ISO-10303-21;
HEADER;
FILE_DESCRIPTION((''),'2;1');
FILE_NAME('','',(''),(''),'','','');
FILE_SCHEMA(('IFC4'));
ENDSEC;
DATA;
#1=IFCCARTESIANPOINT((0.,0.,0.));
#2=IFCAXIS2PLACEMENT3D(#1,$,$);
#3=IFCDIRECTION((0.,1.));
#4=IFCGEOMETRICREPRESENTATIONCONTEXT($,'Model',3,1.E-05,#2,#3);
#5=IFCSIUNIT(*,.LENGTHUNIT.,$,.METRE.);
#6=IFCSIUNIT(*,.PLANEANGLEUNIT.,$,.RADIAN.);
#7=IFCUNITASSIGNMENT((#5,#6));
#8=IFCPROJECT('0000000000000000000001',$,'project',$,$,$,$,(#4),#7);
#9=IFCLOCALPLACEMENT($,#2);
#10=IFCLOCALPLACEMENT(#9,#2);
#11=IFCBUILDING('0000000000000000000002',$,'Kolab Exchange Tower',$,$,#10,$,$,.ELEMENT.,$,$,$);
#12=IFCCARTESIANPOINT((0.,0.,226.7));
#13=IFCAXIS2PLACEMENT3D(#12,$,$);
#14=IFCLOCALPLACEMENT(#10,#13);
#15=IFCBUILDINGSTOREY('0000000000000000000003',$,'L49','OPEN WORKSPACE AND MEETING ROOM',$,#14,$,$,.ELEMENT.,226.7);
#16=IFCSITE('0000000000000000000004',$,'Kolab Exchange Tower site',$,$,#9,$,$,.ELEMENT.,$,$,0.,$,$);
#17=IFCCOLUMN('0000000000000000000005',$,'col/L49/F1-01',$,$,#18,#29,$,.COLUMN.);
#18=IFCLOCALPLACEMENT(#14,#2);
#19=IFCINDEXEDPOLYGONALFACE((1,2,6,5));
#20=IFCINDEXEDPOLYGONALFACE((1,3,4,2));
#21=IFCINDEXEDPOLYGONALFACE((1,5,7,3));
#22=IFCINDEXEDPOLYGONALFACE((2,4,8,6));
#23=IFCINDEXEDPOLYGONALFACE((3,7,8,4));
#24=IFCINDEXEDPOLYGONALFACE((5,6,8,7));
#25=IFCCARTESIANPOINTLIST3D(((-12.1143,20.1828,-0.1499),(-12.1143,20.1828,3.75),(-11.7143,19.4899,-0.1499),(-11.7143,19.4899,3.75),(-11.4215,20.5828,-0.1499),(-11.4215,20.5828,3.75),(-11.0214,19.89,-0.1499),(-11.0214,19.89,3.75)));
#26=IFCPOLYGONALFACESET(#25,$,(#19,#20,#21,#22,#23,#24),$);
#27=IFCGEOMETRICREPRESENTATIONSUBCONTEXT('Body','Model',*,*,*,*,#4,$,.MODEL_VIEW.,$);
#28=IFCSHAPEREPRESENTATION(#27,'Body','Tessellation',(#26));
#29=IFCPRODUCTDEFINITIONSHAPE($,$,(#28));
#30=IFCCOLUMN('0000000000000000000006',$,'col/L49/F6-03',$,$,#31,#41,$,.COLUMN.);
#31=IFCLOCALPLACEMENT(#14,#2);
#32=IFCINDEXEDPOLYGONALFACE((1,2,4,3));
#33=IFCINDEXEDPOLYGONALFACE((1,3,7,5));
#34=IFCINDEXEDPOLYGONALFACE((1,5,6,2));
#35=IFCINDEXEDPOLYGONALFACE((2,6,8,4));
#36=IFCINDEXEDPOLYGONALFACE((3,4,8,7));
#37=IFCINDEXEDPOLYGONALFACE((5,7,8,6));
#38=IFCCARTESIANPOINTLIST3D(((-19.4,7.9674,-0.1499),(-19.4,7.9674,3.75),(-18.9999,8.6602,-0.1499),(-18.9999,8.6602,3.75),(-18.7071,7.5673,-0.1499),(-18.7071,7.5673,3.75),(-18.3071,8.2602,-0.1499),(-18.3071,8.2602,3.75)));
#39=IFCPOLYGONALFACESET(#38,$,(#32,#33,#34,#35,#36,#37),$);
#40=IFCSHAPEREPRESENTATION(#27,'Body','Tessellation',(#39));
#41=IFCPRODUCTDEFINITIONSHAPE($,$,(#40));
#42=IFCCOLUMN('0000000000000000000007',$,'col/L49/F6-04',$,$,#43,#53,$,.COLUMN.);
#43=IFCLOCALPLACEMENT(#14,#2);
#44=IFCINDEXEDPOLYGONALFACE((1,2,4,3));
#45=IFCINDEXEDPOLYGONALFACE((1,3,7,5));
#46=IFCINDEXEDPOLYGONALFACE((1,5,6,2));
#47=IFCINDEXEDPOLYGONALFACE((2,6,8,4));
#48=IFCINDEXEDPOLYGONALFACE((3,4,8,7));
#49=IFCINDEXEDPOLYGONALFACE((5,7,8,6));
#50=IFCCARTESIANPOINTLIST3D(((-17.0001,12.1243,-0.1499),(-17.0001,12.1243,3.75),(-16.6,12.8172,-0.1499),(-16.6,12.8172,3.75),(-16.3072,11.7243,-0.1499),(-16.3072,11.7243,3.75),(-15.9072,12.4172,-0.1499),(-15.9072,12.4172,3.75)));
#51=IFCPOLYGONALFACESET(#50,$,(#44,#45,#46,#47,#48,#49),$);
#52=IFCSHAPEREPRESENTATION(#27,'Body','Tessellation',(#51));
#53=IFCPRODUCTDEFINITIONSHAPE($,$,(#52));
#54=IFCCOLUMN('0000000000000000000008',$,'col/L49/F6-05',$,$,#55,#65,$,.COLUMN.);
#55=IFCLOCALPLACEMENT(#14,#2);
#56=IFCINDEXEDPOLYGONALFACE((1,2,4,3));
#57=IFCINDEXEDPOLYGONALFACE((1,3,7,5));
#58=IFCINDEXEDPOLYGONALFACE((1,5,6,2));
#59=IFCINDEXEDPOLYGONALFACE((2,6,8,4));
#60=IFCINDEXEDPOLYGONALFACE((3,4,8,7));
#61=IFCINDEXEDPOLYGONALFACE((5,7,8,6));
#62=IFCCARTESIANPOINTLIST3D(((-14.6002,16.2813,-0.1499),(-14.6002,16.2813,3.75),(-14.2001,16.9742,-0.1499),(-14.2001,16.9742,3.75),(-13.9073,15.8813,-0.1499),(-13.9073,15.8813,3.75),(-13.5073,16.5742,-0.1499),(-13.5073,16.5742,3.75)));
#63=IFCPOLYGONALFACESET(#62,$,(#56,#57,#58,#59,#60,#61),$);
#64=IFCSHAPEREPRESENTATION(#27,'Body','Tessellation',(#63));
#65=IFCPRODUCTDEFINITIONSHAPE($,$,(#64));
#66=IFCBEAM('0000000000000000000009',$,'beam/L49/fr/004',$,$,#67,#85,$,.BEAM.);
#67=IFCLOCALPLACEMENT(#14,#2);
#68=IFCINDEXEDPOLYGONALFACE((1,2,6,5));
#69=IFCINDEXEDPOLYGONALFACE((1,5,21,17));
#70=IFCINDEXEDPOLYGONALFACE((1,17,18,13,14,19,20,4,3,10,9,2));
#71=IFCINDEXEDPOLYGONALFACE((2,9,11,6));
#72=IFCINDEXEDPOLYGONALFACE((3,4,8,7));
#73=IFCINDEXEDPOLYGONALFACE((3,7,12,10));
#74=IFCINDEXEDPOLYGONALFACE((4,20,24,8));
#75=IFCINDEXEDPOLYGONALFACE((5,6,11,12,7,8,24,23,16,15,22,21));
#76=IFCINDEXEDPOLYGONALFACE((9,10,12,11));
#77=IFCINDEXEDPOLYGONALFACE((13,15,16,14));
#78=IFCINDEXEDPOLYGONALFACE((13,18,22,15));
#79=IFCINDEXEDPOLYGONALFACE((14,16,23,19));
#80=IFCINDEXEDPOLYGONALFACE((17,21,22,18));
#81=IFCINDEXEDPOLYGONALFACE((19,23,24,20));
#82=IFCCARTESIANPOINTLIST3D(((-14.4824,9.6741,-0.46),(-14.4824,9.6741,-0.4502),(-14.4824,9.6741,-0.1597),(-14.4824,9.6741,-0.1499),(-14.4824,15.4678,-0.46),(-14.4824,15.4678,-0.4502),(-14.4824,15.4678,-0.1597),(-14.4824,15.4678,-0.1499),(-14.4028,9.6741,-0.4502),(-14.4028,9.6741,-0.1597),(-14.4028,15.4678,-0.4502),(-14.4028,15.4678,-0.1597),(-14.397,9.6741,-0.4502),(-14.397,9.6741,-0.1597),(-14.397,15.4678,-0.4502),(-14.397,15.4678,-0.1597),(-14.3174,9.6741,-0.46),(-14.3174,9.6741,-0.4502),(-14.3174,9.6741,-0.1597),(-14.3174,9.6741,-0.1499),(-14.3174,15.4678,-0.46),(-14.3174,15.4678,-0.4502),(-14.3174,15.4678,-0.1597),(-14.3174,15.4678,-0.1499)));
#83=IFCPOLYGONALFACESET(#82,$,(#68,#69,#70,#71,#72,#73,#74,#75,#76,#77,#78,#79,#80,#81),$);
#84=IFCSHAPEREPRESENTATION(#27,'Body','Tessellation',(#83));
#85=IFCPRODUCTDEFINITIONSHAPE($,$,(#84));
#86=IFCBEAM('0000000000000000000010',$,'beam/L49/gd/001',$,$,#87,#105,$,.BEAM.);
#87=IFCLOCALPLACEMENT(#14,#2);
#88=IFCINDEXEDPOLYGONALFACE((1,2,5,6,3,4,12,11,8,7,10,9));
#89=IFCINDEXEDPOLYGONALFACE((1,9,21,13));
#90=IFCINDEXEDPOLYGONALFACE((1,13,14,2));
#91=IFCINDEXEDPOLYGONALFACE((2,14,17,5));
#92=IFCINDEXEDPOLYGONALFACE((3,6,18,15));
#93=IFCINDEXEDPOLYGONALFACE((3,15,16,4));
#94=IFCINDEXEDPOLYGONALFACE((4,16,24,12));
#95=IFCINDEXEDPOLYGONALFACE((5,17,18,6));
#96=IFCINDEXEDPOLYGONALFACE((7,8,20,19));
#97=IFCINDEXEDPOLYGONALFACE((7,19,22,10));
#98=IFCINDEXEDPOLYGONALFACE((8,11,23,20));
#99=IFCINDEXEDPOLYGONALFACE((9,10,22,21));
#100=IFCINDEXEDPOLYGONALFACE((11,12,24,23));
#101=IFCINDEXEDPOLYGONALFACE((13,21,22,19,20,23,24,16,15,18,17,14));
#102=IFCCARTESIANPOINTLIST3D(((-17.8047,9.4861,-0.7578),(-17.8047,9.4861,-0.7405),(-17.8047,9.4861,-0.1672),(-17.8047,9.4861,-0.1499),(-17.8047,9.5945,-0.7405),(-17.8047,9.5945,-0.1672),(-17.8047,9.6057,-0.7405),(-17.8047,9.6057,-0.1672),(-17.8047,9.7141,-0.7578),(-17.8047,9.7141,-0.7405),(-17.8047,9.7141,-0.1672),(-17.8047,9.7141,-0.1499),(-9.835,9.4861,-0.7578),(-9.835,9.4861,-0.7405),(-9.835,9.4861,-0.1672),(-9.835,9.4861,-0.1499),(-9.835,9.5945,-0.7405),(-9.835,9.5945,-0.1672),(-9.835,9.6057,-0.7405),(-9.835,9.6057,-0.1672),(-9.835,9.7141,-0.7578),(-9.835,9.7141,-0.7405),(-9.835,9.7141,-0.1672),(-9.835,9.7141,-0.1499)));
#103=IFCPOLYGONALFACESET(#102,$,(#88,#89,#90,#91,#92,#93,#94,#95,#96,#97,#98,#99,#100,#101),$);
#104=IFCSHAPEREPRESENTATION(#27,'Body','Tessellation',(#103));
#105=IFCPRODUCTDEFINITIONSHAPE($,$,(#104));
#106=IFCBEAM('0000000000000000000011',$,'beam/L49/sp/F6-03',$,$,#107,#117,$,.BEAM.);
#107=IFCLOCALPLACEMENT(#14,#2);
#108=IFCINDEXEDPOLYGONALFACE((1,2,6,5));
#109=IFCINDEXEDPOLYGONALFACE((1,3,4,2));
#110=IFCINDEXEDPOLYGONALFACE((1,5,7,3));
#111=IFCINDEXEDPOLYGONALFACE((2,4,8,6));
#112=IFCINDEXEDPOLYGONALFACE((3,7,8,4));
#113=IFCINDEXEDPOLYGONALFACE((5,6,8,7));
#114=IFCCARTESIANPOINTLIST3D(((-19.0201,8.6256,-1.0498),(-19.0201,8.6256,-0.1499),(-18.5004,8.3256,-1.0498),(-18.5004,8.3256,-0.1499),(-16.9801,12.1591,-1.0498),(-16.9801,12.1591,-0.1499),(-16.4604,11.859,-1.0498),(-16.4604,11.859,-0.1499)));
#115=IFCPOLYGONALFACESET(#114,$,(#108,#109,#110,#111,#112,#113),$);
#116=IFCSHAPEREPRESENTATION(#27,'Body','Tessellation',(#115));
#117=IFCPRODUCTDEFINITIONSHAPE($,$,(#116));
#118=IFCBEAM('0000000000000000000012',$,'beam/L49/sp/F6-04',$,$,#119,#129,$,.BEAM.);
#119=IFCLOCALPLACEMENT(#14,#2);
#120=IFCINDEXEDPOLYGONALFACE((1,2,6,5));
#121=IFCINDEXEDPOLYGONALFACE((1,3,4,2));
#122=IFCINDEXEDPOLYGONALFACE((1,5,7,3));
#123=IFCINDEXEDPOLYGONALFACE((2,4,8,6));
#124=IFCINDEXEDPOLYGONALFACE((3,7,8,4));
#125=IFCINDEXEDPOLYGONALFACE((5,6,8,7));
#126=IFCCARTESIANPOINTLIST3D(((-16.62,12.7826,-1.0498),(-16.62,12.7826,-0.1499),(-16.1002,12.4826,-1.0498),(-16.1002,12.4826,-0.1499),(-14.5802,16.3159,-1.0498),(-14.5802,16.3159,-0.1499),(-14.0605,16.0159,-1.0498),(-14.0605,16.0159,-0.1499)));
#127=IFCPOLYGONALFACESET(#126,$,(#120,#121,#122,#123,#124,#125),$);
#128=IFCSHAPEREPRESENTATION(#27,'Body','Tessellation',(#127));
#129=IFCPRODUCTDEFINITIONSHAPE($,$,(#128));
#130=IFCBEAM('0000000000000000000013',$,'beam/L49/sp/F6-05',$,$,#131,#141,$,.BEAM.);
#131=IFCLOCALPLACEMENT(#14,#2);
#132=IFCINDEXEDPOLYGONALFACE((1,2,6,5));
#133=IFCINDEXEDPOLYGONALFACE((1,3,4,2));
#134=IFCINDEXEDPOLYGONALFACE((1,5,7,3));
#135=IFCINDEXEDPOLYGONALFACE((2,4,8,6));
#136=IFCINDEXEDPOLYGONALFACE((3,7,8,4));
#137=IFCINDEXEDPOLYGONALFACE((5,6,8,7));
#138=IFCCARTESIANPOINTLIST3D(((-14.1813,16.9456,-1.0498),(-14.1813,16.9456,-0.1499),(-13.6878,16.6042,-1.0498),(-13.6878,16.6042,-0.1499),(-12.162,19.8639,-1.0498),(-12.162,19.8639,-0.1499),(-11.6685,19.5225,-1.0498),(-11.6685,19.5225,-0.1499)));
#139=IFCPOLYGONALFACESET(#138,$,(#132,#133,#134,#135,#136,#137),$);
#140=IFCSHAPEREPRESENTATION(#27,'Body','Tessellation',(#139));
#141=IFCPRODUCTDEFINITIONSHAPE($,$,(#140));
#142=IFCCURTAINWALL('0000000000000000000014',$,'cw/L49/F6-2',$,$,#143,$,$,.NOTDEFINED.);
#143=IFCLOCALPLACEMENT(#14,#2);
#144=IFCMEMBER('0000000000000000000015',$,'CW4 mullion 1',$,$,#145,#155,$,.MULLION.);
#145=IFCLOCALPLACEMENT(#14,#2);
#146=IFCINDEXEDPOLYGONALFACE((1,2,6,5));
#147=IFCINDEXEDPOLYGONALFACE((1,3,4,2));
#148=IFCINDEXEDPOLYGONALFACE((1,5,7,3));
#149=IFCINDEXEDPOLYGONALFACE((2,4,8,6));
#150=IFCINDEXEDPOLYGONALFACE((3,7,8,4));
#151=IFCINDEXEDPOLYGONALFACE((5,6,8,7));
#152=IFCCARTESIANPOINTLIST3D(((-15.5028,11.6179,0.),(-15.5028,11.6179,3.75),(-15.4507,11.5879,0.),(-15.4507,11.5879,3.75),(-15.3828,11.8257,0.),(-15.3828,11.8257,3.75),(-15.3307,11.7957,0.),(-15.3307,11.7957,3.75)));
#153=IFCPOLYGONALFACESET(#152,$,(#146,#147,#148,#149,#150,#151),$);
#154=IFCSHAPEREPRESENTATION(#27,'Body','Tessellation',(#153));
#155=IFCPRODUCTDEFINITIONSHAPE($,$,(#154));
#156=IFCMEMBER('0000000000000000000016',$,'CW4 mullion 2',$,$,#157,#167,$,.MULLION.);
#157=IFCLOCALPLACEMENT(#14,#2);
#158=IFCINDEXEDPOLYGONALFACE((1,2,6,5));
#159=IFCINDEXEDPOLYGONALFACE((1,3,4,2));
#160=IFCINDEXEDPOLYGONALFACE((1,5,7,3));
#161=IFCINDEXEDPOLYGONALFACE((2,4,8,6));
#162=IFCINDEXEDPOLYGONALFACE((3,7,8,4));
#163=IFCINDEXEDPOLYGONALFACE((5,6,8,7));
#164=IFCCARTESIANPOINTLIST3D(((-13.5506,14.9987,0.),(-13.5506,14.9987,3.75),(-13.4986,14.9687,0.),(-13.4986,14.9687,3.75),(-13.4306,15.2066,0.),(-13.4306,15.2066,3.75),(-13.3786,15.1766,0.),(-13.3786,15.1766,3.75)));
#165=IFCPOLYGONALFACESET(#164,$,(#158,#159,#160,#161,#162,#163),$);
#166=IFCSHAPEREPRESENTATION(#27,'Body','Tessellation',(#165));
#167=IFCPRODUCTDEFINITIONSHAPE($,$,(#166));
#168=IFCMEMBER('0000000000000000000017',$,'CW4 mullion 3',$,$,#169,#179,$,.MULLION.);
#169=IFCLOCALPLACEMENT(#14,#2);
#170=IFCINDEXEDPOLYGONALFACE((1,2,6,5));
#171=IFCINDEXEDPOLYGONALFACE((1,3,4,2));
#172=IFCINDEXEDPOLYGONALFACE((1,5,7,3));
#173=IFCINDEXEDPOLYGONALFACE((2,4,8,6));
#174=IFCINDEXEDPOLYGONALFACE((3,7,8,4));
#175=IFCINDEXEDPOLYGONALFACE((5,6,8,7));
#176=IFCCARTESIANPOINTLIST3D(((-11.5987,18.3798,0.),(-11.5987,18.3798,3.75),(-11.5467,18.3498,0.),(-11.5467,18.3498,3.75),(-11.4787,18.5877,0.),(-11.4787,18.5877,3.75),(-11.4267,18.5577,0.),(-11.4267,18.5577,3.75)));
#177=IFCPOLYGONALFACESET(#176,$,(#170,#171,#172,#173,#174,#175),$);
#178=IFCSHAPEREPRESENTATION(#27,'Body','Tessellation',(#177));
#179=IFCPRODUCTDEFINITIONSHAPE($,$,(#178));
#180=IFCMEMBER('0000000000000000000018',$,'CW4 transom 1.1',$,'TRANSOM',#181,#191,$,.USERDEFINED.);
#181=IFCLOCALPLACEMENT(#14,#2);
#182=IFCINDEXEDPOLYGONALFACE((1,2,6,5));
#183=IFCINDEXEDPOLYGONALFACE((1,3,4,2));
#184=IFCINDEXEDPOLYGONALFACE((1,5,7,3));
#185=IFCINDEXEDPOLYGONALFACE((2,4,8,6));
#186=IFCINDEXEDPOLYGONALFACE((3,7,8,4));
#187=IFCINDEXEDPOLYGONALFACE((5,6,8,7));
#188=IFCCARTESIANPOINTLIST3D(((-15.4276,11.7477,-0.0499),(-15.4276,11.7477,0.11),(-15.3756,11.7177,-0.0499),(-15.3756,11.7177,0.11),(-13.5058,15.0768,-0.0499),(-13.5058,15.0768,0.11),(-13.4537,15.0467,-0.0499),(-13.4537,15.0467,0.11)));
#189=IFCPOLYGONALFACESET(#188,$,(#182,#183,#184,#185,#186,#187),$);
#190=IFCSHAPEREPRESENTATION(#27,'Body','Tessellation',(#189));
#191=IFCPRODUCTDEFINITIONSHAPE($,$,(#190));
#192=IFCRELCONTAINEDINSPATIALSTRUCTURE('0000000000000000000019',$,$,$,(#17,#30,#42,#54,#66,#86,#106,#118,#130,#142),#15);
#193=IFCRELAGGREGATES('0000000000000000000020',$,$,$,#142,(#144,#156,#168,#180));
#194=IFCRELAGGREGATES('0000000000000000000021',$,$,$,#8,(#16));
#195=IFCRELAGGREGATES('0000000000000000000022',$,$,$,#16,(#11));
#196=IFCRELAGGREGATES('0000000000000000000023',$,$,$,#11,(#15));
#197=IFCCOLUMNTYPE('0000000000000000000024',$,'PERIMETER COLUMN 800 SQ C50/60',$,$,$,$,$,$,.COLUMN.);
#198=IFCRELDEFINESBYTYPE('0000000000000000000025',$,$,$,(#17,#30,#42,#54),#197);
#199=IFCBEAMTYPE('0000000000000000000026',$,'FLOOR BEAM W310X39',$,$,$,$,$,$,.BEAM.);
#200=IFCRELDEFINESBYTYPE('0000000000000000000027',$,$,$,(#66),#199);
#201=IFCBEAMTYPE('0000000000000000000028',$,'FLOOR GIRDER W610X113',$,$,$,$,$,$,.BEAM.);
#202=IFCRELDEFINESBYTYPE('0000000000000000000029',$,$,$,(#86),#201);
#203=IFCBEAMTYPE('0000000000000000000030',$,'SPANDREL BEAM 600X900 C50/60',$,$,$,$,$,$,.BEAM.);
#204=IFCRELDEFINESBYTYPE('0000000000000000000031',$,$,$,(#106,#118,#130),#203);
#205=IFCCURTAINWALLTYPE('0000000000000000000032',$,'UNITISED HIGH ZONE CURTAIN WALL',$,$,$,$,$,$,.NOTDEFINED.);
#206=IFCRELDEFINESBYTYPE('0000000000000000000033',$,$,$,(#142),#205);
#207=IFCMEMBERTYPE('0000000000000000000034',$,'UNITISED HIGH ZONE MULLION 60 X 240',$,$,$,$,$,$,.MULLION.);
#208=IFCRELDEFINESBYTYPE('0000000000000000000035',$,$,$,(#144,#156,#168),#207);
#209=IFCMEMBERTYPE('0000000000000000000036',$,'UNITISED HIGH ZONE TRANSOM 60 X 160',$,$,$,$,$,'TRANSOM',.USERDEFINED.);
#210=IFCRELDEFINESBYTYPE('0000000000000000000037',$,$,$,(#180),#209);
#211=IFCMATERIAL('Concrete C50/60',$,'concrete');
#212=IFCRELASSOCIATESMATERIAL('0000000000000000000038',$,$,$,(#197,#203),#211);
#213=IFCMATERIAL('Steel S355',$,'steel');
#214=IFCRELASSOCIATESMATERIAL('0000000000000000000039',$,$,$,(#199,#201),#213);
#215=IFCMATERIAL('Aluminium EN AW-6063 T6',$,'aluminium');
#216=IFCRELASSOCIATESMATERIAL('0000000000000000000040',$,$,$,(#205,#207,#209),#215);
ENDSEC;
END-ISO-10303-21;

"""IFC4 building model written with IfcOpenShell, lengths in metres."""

from ifc_helpers import new_model, si_unit, direction, frame, origin, origin_2d, place, context, subcontext, project, spatial, rectangle, i_section, extrude, material, material_profile, profile_set, type_object, element, aggregate, save


model = new_model("IFC4")

# Units and contexts
model_context = context("Model", 3, precision=1e-05, world=origin(), true_north=direction((0.0, 1.0)))
body_context = subcontext(model_context, "Body", "Model", "MODEL_VIEW")
ifc_project = project(units=[si_unit("LENGTHUNIT", "METRE"), si_unit("PLANEANGLEUNIT", "RADIAN")], contexts=[model_context])

# Site, building, storey
site_placement = place(None, origin())
site = spatial("IfcSite", under=ifc_project, at=site_placement, Name="Kolab Exchange Tower site", CompositionType="ELEMENT", RefElevation=0.0)
building_placement = place(site_placement, origin())
building = spatial("IfcBuilding", under=site, at=building_placement, Name="Kolab Exchange Tower", CompositionType="ELEMENT")
storey_placement = place(building_placement, frame((0.0, 0.0, 226.7)))
storey = spatial("IfcBuildingStorey", under=building, at=storey_placement, Name="L49", Description="OPEN WORKSPACE AND MEETING ROOM", CompositionType="ELEMENT", Elevation=226.7)

# Columns
ifc_material_1 = material(Name="Concrete C50/60", Category="concrete")
ifc_material_profile_1 = material_profile(ifc_material_1, rectangle(XDim=0.8, YDim=0.8, at=origin_2d()), Name="RC800")
ifc_profile_set_1 = profile_set([ifc_material_profile_1], Name="Concrete C50/60")
column_type = type_object("IfcColumnType", Name="PERIMETER COLUMN 800 SQ C50/60", PredefinedType="COLUMN", material=ifc_profile_set_1)
for number, where, z_axis, x_axis, name in (
    (1, (-11.5679, 20.0364, -0.1499), (0.0, 0.0, 1.0), (0.866025, 0.5, 0.0), "col/L49/F1-01"),
    (2, (-18.8535, 8.1138, -0.1499), (0.0, 0.0, 1.0), (0.5, 0.866025, 0.0), "col/L49/F6-03"),
    (3, (-16.4536, 12.2708, -0.1499), (0.0, 0.0, 1.0), (0.5, 0.866025, 0.0), "col/L49/F6-04"),
    (4, (-14.0537, 16.4277, -0.1499), (0.0, 0.0, 1.0), (0.5, 0.866025, 0.0), "col/L49/F6-05"),
):
    element("IfcColumn", number, at=place(storey_placement, frame(where, z_axis=z_axis, x_axis=x_axis)), inside=storey, type_object=column_type, Name=name, PredefinedType="COLUMN", context=body_context, shape_type="SweptSolid", body=[
        extrude(rectangle(XDim=0.8, YDim=0.8, at=origin_2d()), origin(), (0.0, 0.0, 1.0), 3.8999),
    ])

# Beams
ifc_material_2 = material(Name="Steel S355", Category="steel")
ifc_material_profile_2 = material_profile(ifc_material_2, i_section(OverallWidth=0.165, OverallDepth=0.3101, WebThickness=0.0059, FlangeThickness=0.0098, at=origin_2d()), Name="W310X39")
ifc_profile_set_2 = profile_set([ifc_material_profile_2], Name="Steel S355")
beam_type_1 = type_object("IfcBeamType", Name="FLOOR BEAM W310X39", PredefinedType="BEAM", material=ifc_profile_set_2)
beam_1_placement = place(storey_placement, frame((-14.3999, 9.6741, -0.3049), z_axis=(0.0, 1.0, 0.0), x_axis=(-1.0, 0.0, 0.0)))
element("IfcBeam", 5, at=beam_1_placement, inside=storey, type_object=beam_type_1, Name="beam/L49/fr/004", PredefinedType="BEAM", context=body_context, shape_type="SweptSolid", body=[
    extrude(i_section(OverallWidth=0.165, OverallDepth=0.3101, WebThickness=0.0059, FlangeThickness=0.0098, at=origin_2d()), origin(), (0.0, 0.0, 1.0), 5.7937),
])
ifc_material_profile_3 = material_profile(ifc_material_2, i_section(OverallWidth=0.228, OverallDepth=0.6079, WebThickness=0.0112, FlangeThickness=0.0173, at=origin_2d()), Name="W610X113")
ifc_profile_set_3 = profile_set([ifc_material_profile_3], Name="Steel S355")
beam_type_2 = type_object("IfcBeamType", Name="FLOOR GIRDER W610X113", PredefinedType="BEAM", material=ifc_profile_set_3)
beam_2_placement = place(storey_placement, frame((-17.8047, 9.6001, -0.4539), z_axis=(1.0, 0.0, 0.0), x_axis=(0.0, 1.0, 0.0)))
element("IfcBeam", 6, at=beam_2_placement, inside=storey, type_object=beam_type_2, Name="beam/L49/gd/001", PredefinedType="BEAM", context=body_context, shape_type="SweptSolid", body=[
    extrude(i_section(OverallWidth=0.228, OverallDepth=0.6079, WebThickness=0.0112, FlangeThickness=0.0173, at=origin_2d()), origin(), (0.0, 0.0, 1.0), 7.9697),
])
ifc_material_profile_4 = material_profile(ifc_material_1, rectangle(XDim=0.6001, YDim=0.8999, at=origin_2d()), Name="RC600X900")
ifc_profile_set_4 = profile_set([ifc_material_profile_4], Name="Concrete C50/60")
beam_type_3 = type_object("IfcBeamType", Name="SPANDREL BEAM 600X900 C50/60", PredefinedType="BEAM", material=ifc_profile_set_4)
beam_3_placement = place(storey_placement, frame((-18.7603, 8.4756, -0.5999), z_axis=(0.5, 0.866025, 0.0), x_axis=(-0.866025, 0.5, 0.0)))
element("IfcBeam", 7, at=beam_3_placement, inside=storey, type_object=beam_type_3, Name="beam/L49/sp/F6-03", PredefinedType="BEAM", context=body_context, shape_type="SweptSolid", body=[
    extrude(rectangle(XDim=0.6001, YDim=0.8999, at=origin_2d()), origin(), (0.0, 0.0, 1.0), 4.0801),
])
beam_4_placement = place(storey_placement, frame((-16.3601, 12.6326, -0.5999), z_axis=(0.499956, 0.866051, 0.0), x_axis=(-0.866051, 0.499956, 0.0)))
element("IfcBeam", 8, at=beam_4_placement, inside=storey, type_object=beam_type_3, Name="beam/L49/sp/F6-04", PredefinedType="BEAM", context=body_context, shape_type="SweptSolid", body=[
    extrude(rectangle(XDim=0.6001, YDim=0.8999, at=origin_2d()), origin(), (0.0, 0.0, 1.0), 4.0798),
])
beam_5_placement = place(storey_placement, frame((-13.9346, 16.7749, -0.5999), z_axis=(0.569017, 0.822326, 0.0), x_axis=(-0.822326, 0.569017, 0.0)))
element("IfcBeam", 9, at=beam_5_placement, inside=storey, type_object=beam_type_3, Name="beam/L49/sp/F6-05", PredefinedType="BEAM", context=body_context, shape_type="SweptSolid", body=[
    extrude(rectangle(XDim=0.6001, YDim=0.8999, at=origin_2d()), origin(), (0.0, 0.0, 1.0), 3.5488),
])

# Curtain wall, members
ifc_material_3 = material(Name="Aluminium EN AW-6063 T6", Category="aluminium")
curtain_wall_type = type_object("IfcCurtainWallType", Name="UNITISED HIGH ZONE CURTAIN WALL", PredefinedType="NOTDEFINED", material=ifc_material_3)
curtain_wall_placement = place(storey_placement, origin())
curtain_wall = element("IfcCurtainWall", 10, at=curtain_wall_placement, inside=storey, type_object=curtain_wall_type, Name="cw/L49/F6-2", PredefinedType="NOTDEFINED")
ifc_material_profile_5 = material_profile(ifc_material_3, rectangle(XDim=0.0601, YDim=0.24, at=origin_2d()), Name="RECT 60X240")
ifc_profile_set_5 = profile_set([ifc_material_profile_5], Name="Aluminium EN AW-6063 T6")
member_type_1 = type_object("IfcMemberType", Name="UNITISED HIGH ZONE MULLION 60 X 240", PredefinedType="MULLION", material=ifc_profile_set_5)
member_1_placement = place(storey_placement, frame((-15.4167, 11.7068, 0.0), z_axis=(0.0, 0.0, 1.0), x_axis=(-0.866025, 0.5, 0.0)))
member_1 = element("IfcMember", 11, at=member_1_placement, type_object=member_type_1, Name="CW4 mullion 1", PredefinedType="MULLION", context=body_context, shape_type="SweptSolid", body=[
    extrude(rectangle(XDim=0.0601, YDim=0.24, at=origin_2d()), origin(), (0.0, 0.0, 1.0), 3.75),
])
member_2_placement = place(storey_placement, frame((-13.4646, 15.0876, 0.0), z_axis=(0.0, 0.0, 1.0), x_axis=(-0.866025, 0.5, 0.0)))
member_2 = element("IfcMember", 12, at=member_2_placement, type_object=member_type_1, Name="CW4 mullion 2", PredefinedType="MULLION", context=body_context, shape_type="SweptSolid", body=[
    extrude(rectangle(XDim=0.0601, YDim=0.24, at=origin_2d()), origin(), (0.0, 0.0, 1.0), 3.75),
])
member_3_placement = place(storey_placement, frame((-11.5127, 18.4688, 0.0), z_axis=(0.0, 0.0, 1.0), x_axis=(-0.866025, 0.5, 0.0)))
member_3 = element("IfcMember", 13, at=member_3_placement, type_object=member_type_1, Name="CW4 mullion 3", PredefinedType="MULLION", context=body_context, shape_type="SweptSolid", body=[
    extrude(rectangle(XDim=0.0601, YDim=0.24, at=origin_2d()), origin(), (0.0, 0.0, 1.0), 3.75),
])
ifc_material_profile_6 = material_profile(ifc_material_3, rectangle(XDim=0.0601, YDim=0.1599, at=origin_2d()), Name="RECT 60X160")
ifc_profile_set_6 = profile_set([ifc_material_profile_6], Name="Aluminium EN AW-6063 T6")
member_type_2 = type_object("IfcMemberType", Name="UNITISED HIGH ZONE TRANSOM 60 X 160", ElementType="TRANSOM", PredefinedType="USERDEFINED", material=ifc_profile_set_6)
member_4_placement = place(storey_placement, frame((-15.4016, 11.7327, 0.03), z_axis=(0.499964, 0.866046, 0.0), x_axis=(-0.866046, 0.499964, 0.0)))
member_4 = element("IfcMember", 14, at=member_4_placement, type_object=member_type_2, Name="CW4 transom 1.1", ObjectType="TRANSOM", PredefinedType="USERDEFINED", context=body_context, shape_type="SweptSolid", body=[
    extrude(rectangle(XDim=0.0601, YDim=0.1599, at=origin_2d()), origin(), (0.0, 0.0, 1.0), 3.844),
])
aggregate(curtain_wall, [member_1, member_2, member_3, member_4])

save(model, "model.ifc")
